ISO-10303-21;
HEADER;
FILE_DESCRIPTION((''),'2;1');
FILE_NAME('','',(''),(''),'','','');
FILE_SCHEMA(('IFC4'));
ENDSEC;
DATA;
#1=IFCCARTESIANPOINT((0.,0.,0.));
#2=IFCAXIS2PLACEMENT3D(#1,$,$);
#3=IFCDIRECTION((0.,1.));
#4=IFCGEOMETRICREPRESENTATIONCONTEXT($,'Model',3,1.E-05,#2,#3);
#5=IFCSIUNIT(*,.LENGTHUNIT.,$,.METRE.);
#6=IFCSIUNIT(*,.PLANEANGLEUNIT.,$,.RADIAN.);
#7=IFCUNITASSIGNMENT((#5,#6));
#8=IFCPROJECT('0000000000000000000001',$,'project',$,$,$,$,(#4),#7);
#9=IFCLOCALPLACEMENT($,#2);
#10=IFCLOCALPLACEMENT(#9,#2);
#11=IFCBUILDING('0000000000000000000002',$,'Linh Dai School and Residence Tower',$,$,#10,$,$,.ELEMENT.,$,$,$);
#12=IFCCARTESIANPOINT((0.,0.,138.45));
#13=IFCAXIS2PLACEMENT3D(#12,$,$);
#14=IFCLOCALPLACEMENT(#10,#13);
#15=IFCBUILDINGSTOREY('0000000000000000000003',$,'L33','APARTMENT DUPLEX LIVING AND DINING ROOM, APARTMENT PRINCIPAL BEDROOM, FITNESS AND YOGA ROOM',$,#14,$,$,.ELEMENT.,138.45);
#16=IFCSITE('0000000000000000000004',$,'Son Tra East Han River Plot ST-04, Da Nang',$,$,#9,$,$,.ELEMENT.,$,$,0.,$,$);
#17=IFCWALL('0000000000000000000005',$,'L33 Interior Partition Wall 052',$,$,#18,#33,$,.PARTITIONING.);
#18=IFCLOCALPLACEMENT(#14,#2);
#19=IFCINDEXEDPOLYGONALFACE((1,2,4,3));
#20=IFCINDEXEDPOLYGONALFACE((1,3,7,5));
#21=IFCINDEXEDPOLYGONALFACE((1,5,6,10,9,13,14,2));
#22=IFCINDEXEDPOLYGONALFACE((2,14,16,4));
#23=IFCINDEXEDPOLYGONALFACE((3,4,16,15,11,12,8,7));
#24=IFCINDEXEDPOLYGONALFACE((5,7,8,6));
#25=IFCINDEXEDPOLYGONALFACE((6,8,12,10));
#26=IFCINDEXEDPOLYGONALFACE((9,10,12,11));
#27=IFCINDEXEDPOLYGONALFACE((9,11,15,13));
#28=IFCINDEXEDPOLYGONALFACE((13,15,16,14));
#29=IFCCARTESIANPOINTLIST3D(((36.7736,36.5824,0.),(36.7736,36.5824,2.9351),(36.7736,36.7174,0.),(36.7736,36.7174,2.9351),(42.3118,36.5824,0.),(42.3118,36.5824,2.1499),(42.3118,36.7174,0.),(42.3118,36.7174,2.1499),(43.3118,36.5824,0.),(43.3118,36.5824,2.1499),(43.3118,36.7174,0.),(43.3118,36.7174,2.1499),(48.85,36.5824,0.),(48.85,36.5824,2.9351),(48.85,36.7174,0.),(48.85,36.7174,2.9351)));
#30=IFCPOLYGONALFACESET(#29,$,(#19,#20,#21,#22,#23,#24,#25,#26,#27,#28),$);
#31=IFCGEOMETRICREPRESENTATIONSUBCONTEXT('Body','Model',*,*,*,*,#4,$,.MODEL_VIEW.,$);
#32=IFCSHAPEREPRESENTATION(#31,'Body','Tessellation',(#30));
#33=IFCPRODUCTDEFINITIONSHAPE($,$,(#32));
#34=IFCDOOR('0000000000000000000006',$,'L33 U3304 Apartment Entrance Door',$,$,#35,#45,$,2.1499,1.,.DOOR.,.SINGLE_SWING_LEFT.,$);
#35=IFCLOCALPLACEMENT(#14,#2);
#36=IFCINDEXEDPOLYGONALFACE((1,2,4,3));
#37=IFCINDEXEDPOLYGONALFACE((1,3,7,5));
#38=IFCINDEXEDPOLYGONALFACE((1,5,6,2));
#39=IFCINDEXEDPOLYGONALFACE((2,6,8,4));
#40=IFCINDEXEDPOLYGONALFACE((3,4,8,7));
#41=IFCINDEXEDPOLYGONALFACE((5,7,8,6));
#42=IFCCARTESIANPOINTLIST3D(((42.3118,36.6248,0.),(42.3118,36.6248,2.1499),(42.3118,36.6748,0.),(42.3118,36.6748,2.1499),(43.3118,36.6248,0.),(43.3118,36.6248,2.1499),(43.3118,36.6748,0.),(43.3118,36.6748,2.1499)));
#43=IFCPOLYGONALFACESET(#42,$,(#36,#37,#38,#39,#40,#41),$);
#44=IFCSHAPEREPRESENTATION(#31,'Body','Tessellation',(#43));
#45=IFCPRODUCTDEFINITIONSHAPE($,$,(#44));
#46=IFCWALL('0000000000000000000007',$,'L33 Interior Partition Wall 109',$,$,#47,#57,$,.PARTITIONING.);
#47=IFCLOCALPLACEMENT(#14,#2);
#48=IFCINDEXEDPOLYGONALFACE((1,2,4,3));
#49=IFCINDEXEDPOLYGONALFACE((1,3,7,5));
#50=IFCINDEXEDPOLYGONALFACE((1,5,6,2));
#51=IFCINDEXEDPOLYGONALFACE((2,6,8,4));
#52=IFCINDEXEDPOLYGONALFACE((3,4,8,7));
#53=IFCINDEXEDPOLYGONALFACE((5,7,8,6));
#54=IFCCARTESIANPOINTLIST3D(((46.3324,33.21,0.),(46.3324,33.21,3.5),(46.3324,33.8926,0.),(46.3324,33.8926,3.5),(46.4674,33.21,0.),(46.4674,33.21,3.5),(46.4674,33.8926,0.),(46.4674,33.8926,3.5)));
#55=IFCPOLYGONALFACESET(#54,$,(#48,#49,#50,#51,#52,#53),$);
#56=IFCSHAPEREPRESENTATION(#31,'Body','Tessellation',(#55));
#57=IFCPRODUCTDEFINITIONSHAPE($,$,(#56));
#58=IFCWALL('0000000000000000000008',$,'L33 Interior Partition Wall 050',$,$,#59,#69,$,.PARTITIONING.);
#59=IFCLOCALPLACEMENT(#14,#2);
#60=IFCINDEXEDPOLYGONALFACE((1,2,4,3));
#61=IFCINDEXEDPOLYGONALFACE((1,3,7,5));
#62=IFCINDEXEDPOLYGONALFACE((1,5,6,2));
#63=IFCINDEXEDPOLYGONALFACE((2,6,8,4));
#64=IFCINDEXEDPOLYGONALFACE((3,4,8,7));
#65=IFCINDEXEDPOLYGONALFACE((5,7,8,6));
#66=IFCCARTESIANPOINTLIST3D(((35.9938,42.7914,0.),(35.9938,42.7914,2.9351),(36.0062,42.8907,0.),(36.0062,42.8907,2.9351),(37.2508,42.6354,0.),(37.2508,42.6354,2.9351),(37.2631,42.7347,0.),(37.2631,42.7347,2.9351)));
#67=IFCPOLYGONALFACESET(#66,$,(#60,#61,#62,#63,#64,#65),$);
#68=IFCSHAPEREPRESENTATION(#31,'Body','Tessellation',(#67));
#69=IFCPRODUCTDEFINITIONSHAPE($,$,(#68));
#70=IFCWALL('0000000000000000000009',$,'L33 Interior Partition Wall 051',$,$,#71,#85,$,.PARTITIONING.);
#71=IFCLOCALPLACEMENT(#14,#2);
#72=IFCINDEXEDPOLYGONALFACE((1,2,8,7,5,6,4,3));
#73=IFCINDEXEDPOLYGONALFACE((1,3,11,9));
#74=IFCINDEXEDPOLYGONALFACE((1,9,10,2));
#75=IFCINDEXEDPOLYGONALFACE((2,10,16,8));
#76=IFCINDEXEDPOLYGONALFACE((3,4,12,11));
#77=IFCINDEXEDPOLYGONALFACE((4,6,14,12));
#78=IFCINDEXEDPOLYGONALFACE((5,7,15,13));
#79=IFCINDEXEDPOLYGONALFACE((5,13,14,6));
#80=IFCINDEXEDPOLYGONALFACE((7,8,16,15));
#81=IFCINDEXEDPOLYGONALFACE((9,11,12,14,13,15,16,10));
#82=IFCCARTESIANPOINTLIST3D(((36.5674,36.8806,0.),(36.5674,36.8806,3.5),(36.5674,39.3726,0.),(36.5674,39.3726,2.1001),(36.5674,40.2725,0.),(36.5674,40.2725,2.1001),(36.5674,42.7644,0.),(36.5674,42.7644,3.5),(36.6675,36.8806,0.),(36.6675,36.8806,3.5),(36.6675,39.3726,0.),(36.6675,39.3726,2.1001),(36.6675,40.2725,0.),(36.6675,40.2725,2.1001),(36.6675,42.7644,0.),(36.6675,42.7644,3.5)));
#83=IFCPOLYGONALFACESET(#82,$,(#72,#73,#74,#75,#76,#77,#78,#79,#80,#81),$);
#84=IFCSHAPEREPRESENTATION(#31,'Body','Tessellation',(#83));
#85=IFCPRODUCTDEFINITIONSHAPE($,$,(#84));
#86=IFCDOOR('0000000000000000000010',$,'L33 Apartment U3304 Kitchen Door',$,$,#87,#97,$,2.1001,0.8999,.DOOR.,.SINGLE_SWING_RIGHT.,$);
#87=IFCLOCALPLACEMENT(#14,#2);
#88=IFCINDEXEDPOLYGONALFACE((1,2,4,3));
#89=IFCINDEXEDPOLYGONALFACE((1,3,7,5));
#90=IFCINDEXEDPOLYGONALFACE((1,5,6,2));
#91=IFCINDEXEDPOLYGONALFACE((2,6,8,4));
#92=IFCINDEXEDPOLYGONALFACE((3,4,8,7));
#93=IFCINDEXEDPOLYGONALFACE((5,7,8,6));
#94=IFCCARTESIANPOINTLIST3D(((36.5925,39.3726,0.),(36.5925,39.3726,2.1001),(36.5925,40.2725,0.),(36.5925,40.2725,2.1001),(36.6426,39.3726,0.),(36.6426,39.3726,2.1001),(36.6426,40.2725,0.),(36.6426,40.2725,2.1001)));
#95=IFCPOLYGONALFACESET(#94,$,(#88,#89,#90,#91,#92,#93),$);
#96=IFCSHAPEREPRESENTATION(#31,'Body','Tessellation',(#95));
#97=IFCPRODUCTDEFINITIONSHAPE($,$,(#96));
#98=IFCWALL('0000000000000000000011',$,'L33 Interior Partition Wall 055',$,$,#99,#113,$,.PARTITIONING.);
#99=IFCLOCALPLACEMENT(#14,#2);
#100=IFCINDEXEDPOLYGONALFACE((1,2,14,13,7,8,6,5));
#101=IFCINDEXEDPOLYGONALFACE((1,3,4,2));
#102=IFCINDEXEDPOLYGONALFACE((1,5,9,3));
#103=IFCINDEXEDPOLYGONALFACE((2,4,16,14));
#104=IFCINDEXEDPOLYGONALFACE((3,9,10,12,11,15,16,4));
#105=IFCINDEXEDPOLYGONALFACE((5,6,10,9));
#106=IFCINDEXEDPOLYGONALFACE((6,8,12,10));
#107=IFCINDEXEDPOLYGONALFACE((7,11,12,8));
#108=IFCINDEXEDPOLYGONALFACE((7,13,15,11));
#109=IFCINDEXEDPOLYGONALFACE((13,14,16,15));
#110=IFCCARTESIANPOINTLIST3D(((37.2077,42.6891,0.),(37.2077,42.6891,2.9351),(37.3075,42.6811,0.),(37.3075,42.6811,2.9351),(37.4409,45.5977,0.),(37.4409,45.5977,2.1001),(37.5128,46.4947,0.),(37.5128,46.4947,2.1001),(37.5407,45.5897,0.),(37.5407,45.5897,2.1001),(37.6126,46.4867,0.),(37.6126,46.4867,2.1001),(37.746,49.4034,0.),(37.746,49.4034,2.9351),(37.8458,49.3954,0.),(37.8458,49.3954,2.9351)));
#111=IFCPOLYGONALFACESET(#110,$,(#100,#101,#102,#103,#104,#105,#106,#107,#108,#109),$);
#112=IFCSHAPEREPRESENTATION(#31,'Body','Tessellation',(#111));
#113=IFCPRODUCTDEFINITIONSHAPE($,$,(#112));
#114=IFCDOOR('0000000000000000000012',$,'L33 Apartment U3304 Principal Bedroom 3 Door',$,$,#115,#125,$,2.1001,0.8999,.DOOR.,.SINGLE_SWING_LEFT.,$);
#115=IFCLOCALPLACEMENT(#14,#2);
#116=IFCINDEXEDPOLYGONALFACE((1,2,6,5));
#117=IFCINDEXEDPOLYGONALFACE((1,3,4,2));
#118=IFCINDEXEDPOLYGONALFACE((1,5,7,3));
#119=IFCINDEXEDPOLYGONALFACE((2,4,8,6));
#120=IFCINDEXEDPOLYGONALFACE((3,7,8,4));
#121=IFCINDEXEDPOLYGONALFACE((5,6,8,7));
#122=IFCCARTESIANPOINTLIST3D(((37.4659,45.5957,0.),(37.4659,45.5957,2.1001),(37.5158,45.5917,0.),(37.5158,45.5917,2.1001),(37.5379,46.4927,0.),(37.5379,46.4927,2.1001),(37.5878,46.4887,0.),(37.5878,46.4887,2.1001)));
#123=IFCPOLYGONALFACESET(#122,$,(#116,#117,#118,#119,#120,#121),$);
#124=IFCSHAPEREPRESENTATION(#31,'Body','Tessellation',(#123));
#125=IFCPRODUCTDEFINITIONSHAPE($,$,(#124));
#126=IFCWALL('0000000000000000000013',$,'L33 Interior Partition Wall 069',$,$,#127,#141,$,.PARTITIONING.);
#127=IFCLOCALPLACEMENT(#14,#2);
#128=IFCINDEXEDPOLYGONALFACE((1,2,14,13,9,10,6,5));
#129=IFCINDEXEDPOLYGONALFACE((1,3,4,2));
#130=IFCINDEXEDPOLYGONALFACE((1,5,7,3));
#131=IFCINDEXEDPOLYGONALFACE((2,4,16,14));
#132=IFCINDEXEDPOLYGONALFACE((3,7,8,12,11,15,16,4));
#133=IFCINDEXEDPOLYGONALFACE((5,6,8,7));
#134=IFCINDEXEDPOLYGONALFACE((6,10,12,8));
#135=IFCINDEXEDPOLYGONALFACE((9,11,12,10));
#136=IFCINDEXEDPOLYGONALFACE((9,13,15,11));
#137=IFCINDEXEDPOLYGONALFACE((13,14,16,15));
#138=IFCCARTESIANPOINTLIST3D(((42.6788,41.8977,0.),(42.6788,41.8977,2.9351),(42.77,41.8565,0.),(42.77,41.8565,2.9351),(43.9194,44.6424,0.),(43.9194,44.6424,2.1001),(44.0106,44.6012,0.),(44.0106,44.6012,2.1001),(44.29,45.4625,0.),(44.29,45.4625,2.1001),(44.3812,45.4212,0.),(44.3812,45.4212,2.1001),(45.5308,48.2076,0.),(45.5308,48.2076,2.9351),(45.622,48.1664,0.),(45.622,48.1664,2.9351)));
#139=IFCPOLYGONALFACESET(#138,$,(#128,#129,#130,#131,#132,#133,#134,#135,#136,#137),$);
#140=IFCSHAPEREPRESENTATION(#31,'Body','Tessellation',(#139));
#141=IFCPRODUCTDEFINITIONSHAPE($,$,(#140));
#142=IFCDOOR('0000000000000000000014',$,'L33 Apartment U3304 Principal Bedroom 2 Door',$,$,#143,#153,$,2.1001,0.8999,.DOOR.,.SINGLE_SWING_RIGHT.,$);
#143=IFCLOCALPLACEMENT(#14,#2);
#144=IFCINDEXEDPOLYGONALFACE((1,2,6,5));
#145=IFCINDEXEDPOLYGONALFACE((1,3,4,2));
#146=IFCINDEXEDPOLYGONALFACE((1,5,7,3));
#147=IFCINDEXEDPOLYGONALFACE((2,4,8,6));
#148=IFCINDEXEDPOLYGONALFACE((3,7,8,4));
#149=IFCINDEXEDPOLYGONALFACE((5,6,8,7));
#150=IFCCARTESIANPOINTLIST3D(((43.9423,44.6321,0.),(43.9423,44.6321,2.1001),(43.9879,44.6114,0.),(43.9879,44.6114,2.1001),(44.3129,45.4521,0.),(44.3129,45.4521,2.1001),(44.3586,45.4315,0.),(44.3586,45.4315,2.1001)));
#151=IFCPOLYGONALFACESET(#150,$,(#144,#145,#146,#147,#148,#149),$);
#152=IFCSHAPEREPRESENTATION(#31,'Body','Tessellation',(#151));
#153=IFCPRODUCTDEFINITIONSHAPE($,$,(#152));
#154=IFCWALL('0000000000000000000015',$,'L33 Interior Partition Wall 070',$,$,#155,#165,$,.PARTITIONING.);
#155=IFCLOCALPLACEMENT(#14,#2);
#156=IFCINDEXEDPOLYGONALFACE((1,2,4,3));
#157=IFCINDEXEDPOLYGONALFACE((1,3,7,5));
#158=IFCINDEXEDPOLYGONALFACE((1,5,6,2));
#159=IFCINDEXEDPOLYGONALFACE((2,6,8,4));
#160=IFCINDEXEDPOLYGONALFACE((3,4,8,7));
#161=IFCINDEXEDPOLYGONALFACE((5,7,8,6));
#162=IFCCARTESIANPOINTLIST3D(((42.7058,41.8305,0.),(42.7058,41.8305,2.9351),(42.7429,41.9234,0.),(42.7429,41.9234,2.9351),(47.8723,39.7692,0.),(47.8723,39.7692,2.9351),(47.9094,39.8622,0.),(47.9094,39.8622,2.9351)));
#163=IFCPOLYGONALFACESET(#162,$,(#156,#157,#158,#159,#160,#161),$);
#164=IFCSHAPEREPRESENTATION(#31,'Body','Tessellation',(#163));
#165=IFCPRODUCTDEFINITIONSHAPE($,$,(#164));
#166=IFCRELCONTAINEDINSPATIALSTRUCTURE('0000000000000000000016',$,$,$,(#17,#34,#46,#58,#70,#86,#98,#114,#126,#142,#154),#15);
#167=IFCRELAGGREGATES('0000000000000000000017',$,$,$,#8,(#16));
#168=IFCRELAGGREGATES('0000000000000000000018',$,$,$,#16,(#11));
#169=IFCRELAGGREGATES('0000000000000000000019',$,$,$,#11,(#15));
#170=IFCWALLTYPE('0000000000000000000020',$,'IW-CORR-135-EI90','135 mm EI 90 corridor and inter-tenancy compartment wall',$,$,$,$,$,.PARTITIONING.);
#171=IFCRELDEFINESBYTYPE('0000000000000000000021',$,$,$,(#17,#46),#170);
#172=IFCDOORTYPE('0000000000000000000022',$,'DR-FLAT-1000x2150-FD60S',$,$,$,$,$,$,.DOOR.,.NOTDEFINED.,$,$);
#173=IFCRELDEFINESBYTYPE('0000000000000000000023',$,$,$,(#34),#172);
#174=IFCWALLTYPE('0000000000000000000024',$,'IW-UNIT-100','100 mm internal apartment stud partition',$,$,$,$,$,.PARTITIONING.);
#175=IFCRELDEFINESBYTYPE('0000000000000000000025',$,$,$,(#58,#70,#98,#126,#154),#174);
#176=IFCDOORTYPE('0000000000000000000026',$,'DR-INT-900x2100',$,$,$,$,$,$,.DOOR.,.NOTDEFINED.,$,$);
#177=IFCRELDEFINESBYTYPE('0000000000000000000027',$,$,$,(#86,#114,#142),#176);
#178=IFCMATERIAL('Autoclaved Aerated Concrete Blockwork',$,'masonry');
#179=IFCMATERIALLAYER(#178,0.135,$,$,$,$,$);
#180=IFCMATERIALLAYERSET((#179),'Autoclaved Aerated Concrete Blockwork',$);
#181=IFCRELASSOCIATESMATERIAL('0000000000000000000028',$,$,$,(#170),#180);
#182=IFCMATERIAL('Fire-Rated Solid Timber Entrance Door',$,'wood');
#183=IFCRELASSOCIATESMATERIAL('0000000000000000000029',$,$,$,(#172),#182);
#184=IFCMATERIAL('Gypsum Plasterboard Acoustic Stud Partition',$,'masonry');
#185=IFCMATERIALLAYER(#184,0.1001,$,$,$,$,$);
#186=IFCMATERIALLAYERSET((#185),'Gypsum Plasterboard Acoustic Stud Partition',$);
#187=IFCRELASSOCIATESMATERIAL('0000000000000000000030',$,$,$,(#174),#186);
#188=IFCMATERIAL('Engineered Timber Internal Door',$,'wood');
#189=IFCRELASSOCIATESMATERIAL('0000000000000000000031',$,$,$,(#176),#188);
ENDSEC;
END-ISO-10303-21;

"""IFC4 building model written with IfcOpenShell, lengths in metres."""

from ifc_helpers import new_model, si_unit, direction, frame, frame_2d, origin, origin_2d, place, context, subcontext, project, spatial, rectangle, extrude, source, transform, mapped, material, layer, layer_set, type_object, element, fill, save


model = new_model("IFC4")

# Units and contexts
model_context = context("Model", 3, precision=1e-05, world=origin(), true_north=direction((0.0, 1.0)))
body_context = subcontext(model_context, "Body", "Model", "MODEL_VIEW")
ifc_project = project(units=[si_unit("LENGTHUNIT", "METRE"), si_unit("PLANEANGLEUNIT", "RADIAN")], contexts=[model_context])

# Site, building, storey
site_placement = place(None, origin())
site = spatial("IfcSite", under=ifc_project, at=site_placement, Name="Son Tra East Han River Plot ST-04, Da Nang", CompositionType="ELEMENT", RefElevation=0.0)
building_placement = place(site_placement, origin())
building = spatial("IfcBuilding", under=site, at=building_placement, Name="Linh Dai School and Residence Tower", CompositionType="ELEMENT")
storey_placement = place(building_placement, frame((0.0, 0.0, 138.45)))
storey = spatial("IfcBuildingStorey", under=building, at=storey_placement, Name="L33", Description="APARTMENT DUPLEX LIVING AND DINING ROOM, APARTMENT PRINCIPAL BEDROOM, FITNESS AND YOGA ROOM", CompositionType="ELEMENT", Elevation=138.45)

# Wall, opening, door
ifc_material_1 = material(Name="Autoclaved Aerated Concrete Blockwork", Category="masonry")
ifc_layer_1 = layer(ifc_material_1, 0.135)
ifc_layer_set_1 = layer_set([ifc_layer_1], Name="Autoclaved Aerated Concrete Blockwork")
wall_type_1 = type_object("IfcWallType", Name="IW-CORR-135-EI90", Description="135 mm EI 90 corridor and inter-tenancy compartment wall", PredefinedType="PARTITIONING", material=ifc_layer_set_1)
wall_1_placement = place(storey_placement, frame((36.7737, 36.6499, 0.0), z_axis=(0.0, 0.0, 1.0), x_axis=(1.0, 0.0, 0.0)))
wall_1 = element("IfcWall", 1, at=wall_1_placement, inside=storey, type_object=wall_type_1, Name="L33 Interior Partition Wall 052", PredefinedType="PARTITIONING", context=body_context, shape_type="SweptSolid", body=[
    extrude(rectangle(XDim=12.0764, YDim=0.135, at=frame_2d((6.0381, 0.0))), origin(), (0.0, 0.0, 1.0), 2.9351),
])
opening_1_placement = place(wall_1_placement, frame((5.5381, 0.0, 0.0)))
opening_1 = element("IfcOpeningElement", 2, at=opening_1_placement, cuts=wall_1, PredefinedType="OPENING", context=body_context, shape_type="SweptSolid", body=[
    extrude(rectangle(XDim=1.0, YDim=2.1499, at=origin_2d()), frame((0.5, 0.0776, 1.075), z_axis=(0.0, -1.0, 0.0), x_axis=(1.0, 0.0, 0.0)), (0.0, 0.0, 1.0), 0.155),
])
ifc_material_2 = material(Name="Fire-Rated Solid Timber Entrance Door", Category="wood")
door_type_1 = type_object("IfcDoorType", Name="DR-FLAT-1000x2150-FD60S", OperationType="NOTDEFINED", PredefinedType="DOOR", material=ifc_material_2)
shared_shape_1 = source(origin(), body_context, "Body", "SweptSolid", [
    extrude(rectangle(XDim=1.0, YDim=2.1499, at=origin_2d()), frame((0.5, 0.0249, 1.075), z_axis=(0.0, -1.0, 0.0), x_axis=(1.0, 0.0, 0.0)), (0.0, 0.0, 1.0), 0.05),
])
door_1_placement = place(opening_1_placement, origin())
door_1 = element("IfcDoor", 3, at=door_1_placement, inside=storey, type_object=door_type_1, Name="L33 U3304 Apartment Entrance Door", OperationType="SINGLE_SWING_LEFT", OverallHeight=2.1499, OverallWidth=1.0, PredefinedType="DOOR", context=body_context, shape_type="MappedRepresentation", body=[
    mapped(shared_shape_1, transform((0.0, 0.0, 0.0), x_axis=(1.0, 0.0, 0.0), y_axis=(0.0, 1.0, 0.0), z_axis=(0.0, 0.0, 1.0), scale=1.0)),
])
fill(opening_1, door_1)

# Walls
wall_2_placement = place(storey_placement, frame((46.3999, 33.21, 0.0), z_axis=(0.0, 0.0, 1.0), x_axis=(0.0, 1.0, 0.0)))
element("IfcWall", 4, at=wall_2_placement, inside=storey, type_object=wall_type_1, Name="L33 Interior Partition Wall 109", PredefinedType="PARTITIONING", context=body_context, shape_type="SweptSolid", body=[
    extrude(rectangle(XDim=0.6826, YDim=0.135, at=frame_2d((0.3413, 0.0))), origin(), (0.0, 0.0, 1.0), 3.5),
])
ifc_material_3 = material(Name="Gypsum Plasterboard Acoustic Stud Partition", Category="masonry")
ifc_layer_2 = layer(ifc_material_3, 0.1001)
ifc_layer_set_2 = layer_set([ifc_layer_2], Name="Gypsum Plasterboard Acoustic Stud Partition")
wall_type_2 = type_object("IfcWallType", Name="IW-UNIT-100", Description="100 mm internal apartment stud partition", PredefinedType="PARTITIONING", material=ifc_layer_set_2)
wall_3_placement = place(storey_placement, frame((36.0, 42.8411, 0.0), z_axis=(0.0, 0.0, 1.0), x_axis=(0.992384, -0.123181, 0.0)))
element("IfcWall", 5, at=wall_3_placement, inside=storey, type_object=wall_type_2, Name="L33 Interior Partition Wall 050", PredefinedType="PARTITIONING", context=body_context, shape_type="SweptSolid", body=[
    extrude(rectangle(XDim=1.2666, YDim=0.1001, at=frame_2d((0.6333, 0.0))), origin(), (0.0, 0.0, 1.0), 2.9351),
])

# Walls, openings, doors
wall_4_placement = place(storey_placement, frame((36.6174, 36.8806, 0.0), z_axis=(0.0, 0.0, 1.0), x_axis=(0.0, 1.0, 0.0)))
wall_4 = element("IfcWall", 6, at=wall_4_placement, inside=storey, type_object=wall_type_2, Name="L33 Interior Partition Wall 051", PredefinedType="PARTITIONING", context=body_context, shape_type="SweptSolid", body=[
    extrude(rectangle(XDim=5.8838, YDim=0.1001, at=frame_2d((2.9419, 0.0))), origin(), (0.0, 0.0, 1.0), 3.5),
])
opening_2_placement = place(wall_4_placement, frame((2.4919, 0.0, 0.0)))
opening_2 = element("IfcOpeningElement", 7, at=opening_2_placement, cuts=wall_4, PredefinedType="OPENING", context=body_context, shape_type="SweptSolid", body=[
    extrude(rectangle(XDim=0.8999, YDim=2.1001, at=origin_2d()), frame((0.45, 0.0601, 1.05), z_axis=(0.0, -1.0, 0.0), x_axis=(1.0, 0.0, 0.0)), (0.0, 0.0, 1.0), 0.1201),
])
ifc_material_4 = material(Name="Engineered Timber Internal Door", Category="wood")
door_type_2 = type_object("IfcDoorType", Name="DR-INT-900x2100", OperationType="NOTDEFINED", PredefinedType="DOOR", material=ifc_material_4)
shared_shape_2 = source(origin(), body_context, "Body", "SweptSolid", [
    extrude(rectangle(XDim=0.8999, YDim=2.1001, at=origin_2d()), frame((0.45, 0.0249, 1.05), z_axis=(0.0, -1.0, 0.0), x_axis=(1.0, 0.0, 0.0)), (0.0, 0.0, 1.0), 0.05),
])
door_2_placement = place(opening_2_placement, origin())
door_2 = element("IfcDoor", 8, at=door_2_placement, inside=storey, type_object=door_type_2, Name="L33 Apartment U3304 Kitchen Door", OperationType="SINGLE_SWING_RIGHT", OverallHeight=2.1001, OverallWidth=0.8999, PredefinedType="DOOR", context=body_context, shape_type="MappedRepresentation", body=[
    mapped(shared_shape_2, transform((0.0, 0.0, 0.0), x_axis=(1.0, 0.0, 0.0), y_axis=(0.0, 1.0, 0.0), z_axis=(0.0, 0.0, 1.0), scale=1.0)),
])
fill(opening_2, door_2)
wall_5_placement = place(storey_placement, frame((37.2576, 42.6851, 0.0), z_axis=(0.0, 0.0, 1.0), x_axis=(0.07992, 0.996801, 0.0)))
wall_5 = element("IfcWall", 9, at=wall_5_placement, inside=storey, type_object=wall_type_2, Name="L33 Interior Partition Wall 055", PredefinedType="PARTITIONING", context=body_context, shape_type="SweptSolid", body=[
    extrude(rectangle(XDim=6.7358, YDim=0.1001, at=frame_2d((3.3679, 0.0))), origin(), (0.0, 0.0, 1.0), 2.9351),
])
opening_3_placement = place(wall_5_placement, frame((2.918, 0.0, 0.0)))
opening_3 = element("IfcOpeningElement", 10, at=opening_3_placement, cuts=wall_5, PredefinedType="OPENING", context=body_context, shape_type="SweptSolid", body=[
    extrude(rectangle(XDim=0.8999, YDim=2.1001, at=origin_2d()), frame((0.45, 0.0601, 1.05), z_axis=(0.0, -1.0, 0.0), x_axis=(1.0, 0.0, 0.0)), (0.0, 0.0, 1.0), 0.1201),
])
door_3_placement = place(opening_3_placement, origin())
door_3 = element("IfcDoor", 11, at=door_3_placement, inside=storey, type_object=door_type_2, Name="L33 Apartment U3304 Principal Bedroom 3 Door", OperationType="SINGLE_SWING_LEFT", OverallHeight=2.1001, OverallWidth=0.8999, PredefinedType="DOOR", context=body_context, shape_type="MappedRepresentation", body=[
    mapped(shared_shape_2, transform((0.0, 0.0, 0.0), x_axis=(1.0, 0.0, 0.0), y_axis=(0.0, 1.0, 0.0), z_axis=(0.0, 0.0, 1.0), scale=1.0)),
])
fill(opening_3, door_3)
wall_6_placement = place(storey_placement, frame((42.7244, 41.877, 0.0), z_axis=(0.0, 0.0, 1.0), x_axis=(0.411868, 0.911243, 0.0)))
wall_6 = element("IfcWall", 12, at=wall_6_placement, inside=storey, type_object=wall_type_2, Name="L33 Interior Partition Wall 069", PredefinedType="PARTITIONING", context=body_context, shape_type="SweptSolid", body=[
    extrude(rectangle(XDim=6.9246, YDim=0.1001, at=frame_2d((3.4624, 0.0))), origin(), (0.0, 0.0, 1.0), 2.9351),
])
opening_4_placement = place(wall_6_placement, frame((3.0122, 0.0, 0.0)))
opening_4 = element("IfcOpeningElement", 13, at=opening_4_placement, cuts=wall_6, PredefinedType="OPENING", context=body_context, shape_type="SweptSolid", body=[
    extrude(rectangle(XDim=0.8999, YDim=2.1001, at=origin_2d()), frame((0.45, 0.0601, 1.05), z_axis=(0.0, -1.0, 0.0), x_axis=(1.0, 0.0, 0.0)), (0.0, 0.0, 1.0), 0.1201),
])
door_4_placement = place(opening_4_placement, origin())
door_4 = element("IfcDoor", 14, at=door_4_placement, inside=storey, type_object=door_type_2, Name="L33 Apartment U3304 Principal Bedroom 2 Door", OperationType="SINGLE_SWING_RIGHT", OverallHeight=2.1001, OverallWidth=0.8999, PredefinedType="DOOR", context=body_context, shape_type="MappedRepresentation", body=[
    mapped(shared_shape_2, transform((0.0, 0.0, 0.0), x_axis=(1.0, 0.0, 0.0), y_axis=(0.0, 1.0, 0.0), z_axis=(0.0, 0.0, 1.0), scale=1.0)),
])
fill(opening_4, door_4)

# Wall
wall_7_placement = place(storey_placement, frame((42.7244, 41.877, 0.0), z_axis=(0.0, 0.0, 1.0), x_axis=(0.928806, -0.370566, 0.0)))
element("IfcWall", 15, at=wall_7_placement, inside=storey, type_object=wall_type_2, Name="L33 Interior Partition Wall 070", PredefinedType="PARTITIONING", context=body_context, shape_type="SweptSolid", body=[
    extrude(rectangle(XDim=5.5625, YDim=0.1001, at=frame_2d((2.7812, 0.0))), origin(), (0.0, 0.0, 1.0), 2.9351),
])

save(model, "model.ifc")
